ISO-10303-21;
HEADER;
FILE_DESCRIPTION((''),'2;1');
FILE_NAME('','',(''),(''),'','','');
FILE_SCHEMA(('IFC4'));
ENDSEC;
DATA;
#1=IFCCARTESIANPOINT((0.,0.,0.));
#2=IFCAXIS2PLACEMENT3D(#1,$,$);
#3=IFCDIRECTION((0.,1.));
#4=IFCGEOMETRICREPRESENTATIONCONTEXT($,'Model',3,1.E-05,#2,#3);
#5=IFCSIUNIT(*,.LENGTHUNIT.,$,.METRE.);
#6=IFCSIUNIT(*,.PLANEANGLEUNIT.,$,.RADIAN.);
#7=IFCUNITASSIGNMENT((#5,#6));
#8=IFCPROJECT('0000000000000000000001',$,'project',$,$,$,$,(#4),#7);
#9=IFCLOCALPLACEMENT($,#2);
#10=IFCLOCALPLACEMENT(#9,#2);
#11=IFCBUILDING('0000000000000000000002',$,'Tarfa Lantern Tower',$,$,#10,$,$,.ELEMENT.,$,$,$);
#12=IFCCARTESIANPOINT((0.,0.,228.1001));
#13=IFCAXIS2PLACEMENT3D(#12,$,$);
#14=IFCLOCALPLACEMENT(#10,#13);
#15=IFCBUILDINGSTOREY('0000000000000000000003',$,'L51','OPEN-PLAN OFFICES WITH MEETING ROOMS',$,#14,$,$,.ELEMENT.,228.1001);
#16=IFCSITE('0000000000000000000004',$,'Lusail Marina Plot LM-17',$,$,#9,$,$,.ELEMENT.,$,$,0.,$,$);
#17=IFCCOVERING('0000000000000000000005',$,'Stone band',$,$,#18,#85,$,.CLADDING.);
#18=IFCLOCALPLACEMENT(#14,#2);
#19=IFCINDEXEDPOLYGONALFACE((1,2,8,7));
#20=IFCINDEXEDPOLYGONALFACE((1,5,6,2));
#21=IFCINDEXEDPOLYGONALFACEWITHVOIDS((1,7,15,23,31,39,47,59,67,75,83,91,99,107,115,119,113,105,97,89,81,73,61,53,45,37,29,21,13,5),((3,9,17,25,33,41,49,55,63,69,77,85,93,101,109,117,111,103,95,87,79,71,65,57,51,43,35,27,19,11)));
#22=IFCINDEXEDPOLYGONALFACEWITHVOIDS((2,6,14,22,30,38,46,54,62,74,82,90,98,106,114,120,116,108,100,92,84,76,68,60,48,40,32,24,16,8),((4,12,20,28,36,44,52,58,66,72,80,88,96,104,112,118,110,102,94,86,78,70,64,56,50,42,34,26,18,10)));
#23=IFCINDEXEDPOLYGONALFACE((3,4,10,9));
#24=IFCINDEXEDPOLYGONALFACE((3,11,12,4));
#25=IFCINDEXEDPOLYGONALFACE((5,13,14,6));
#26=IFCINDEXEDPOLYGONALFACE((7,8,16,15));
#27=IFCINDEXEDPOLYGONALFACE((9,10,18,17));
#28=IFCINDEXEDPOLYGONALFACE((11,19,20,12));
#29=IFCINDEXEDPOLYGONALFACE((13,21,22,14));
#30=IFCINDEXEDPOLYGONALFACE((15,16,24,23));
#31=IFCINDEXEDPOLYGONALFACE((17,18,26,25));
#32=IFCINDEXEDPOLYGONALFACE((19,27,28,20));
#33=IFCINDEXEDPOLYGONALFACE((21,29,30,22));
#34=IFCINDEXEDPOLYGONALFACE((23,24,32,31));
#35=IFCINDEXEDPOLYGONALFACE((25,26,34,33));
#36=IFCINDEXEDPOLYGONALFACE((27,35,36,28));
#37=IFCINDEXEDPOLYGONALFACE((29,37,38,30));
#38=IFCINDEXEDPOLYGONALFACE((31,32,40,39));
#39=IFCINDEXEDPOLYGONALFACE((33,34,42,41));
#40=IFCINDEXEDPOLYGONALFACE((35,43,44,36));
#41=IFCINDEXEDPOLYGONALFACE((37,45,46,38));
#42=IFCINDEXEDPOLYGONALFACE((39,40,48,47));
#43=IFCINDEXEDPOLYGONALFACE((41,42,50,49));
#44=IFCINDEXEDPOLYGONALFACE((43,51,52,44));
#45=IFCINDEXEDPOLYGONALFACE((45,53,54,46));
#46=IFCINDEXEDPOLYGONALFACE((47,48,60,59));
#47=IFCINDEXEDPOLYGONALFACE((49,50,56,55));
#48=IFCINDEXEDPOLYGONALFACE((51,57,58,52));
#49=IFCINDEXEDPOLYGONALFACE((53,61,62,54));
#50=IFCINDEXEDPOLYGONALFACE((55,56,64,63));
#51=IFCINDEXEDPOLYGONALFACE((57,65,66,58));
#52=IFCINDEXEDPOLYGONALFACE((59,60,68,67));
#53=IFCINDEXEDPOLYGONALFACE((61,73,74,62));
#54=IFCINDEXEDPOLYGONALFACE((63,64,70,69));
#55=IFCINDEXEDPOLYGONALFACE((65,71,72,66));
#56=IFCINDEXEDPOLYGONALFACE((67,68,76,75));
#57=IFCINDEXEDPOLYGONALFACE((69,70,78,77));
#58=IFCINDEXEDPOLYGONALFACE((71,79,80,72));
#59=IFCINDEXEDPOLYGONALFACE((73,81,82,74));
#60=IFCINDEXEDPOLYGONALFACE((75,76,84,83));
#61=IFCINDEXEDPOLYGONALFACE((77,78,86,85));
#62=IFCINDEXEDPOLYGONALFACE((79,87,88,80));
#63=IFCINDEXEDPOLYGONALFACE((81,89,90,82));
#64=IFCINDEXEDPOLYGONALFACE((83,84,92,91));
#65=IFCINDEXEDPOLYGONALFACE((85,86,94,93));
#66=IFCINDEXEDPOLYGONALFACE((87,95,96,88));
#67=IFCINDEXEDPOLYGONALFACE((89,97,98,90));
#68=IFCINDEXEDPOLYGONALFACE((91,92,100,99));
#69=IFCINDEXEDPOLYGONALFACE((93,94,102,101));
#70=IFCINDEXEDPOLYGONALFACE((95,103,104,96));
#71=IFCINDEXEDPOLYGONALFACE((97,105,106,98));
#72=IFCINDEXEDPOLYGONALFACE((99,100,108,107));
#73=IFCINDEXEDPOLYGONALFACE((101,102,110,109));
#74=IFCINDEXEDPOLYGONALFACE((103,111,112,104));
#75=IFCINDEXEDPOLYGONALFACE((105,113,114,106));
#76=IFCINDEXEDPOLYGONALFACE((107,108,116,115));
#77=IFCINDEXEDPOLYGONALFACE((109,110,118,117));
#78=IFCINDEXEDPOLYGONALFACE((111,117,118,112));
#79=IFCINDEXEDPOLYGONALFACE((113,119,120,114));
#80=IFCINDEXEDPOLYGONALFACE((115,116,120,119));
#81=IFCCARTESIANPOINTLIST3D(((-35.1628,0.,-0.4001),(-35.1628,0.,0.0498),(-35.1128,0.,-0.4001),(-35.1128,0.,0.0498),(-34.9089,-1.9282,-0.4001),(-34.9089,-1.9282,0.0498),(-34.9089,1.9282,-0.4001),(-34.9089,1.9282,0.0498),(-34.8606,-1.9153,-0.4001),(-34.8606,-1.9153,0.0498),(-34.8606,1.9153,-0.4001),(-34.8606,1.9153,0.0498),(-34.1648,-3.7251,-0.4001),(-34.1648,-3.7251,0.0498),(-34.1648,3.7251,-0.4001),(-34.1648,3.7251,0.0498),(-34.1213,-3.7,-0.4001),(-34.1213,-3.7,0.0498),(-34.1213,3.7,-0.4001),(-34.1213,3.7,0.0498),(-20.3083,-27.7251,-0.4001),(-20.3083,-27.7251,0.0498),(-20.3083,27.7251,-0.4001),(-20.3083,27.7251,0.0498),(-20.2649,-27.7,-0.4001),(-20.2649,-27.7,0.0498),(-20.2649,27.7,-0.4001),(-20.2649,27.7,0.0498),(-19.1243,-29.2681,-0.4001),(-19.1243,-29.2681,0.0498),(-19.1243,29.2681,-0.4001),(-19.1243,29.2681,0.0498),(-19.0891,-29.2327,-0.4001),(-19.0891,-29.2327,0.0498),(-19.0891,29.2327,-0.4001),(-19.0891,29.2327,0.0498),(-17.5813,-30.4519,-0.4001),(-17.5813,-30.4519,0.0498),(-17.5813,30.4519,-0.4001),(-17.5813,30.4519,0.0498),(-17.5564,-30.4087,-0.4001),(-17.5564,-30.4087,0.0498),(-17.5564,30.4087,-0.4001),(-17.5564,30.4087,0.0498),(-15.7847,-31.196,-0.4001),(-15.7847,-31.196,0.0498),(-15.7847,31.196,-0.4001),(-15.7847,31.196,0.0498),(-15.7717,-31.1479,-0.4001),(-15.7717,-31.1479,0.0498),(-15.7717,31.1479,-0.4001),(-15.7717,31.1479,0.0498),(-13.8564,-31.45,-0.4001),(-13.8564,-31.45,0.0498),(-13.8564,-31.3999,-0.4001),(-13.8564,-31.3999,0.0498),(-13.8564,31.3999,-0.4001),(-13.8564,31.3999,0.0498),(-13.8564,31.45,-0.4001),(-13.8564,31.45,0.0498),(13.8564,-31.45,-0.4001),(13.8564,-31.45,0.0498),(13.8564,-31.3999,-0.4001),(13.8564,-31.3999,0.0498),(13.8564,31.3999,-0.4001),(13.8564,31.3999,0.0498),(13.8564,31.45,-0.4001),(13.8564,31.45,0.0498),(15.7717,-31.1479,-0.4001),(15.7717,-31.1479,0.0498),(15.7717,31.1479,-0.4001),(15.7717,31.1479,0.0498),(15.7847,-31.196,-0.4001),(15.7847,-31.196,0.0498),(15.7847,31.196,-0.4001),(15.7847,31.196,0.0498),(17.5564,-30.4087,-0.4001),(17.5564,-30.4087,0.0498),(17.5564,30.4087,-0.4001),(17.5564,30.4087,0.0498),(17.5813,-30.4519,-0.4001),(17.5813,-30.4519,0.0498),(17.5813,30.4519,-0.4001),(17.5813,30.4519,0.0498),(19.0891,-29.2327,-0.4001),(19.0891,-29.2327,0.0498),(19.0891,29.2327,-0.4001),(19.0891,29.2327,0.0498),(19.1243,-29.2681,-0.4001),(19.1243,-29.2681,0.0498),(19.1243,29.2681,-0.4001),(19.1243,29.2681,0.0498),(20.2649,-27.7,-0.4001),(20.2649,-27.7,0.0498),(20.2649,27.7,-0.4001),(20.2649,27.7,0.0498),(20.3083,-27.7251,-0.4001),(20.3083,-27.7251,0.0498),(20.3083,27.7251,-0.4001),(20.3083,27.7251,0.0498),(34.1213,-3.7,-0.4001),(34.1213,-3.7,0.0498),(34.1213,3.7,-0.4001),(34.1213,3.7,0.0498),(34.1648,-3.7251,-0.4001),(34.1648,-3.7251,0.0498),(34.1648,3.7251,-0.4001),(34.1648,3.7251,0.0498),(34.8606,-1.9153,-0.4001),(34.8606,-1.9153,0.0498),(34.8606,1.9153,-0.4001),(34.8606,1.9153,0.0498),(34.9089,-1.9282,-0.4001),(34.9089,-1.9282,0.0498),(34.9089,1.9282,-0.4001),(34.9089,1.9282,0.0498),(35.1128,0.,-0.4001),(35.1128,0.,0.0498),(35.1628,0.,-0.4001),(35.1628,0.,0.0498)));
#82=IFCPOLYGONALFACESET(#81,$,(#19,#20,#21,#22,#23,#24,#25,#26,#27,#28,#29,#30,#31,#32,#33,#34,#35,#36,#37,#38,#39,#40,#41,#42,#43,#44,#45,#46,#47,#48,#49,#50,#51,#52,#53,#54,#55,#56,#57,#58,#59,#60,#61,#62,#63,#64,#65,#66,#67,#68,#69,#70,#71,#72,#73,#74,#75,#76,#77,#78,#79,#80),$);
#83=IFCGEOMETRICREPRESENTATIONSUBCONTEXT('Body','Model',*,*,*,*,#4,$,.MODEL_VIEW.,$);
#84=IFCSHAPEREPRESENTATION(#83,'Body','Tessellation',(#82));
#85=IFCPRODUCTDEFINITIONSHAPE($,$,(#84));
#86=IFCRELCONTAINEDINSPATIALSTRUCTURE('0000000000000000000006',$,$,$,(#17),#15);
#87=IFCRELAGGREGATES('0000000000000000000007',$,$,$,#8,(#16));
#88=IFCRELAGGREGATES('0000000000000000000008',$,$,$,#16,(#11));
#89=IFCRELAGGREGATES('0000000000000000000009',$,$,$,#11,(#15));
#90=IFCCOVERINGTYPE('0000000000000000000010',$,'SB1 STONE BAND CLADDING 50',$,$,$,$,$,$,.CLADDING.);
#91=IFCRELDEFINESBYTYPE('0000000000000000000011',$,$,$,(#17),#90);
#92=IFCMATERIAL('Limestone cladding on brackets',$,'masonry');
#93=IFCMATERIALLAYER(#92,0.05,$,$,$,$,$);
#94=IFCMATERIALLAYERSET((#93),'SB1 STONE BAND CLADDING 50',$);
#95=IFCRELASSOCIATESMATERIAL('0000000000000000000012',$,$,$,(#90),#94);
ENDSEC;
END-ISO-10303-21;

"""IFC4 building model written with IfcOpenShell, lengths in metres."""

from ifc_helpers import new_model, si_unit, direction, frame, origin, place, context, subcontext, project, spatial, polyline, outline, extrude, material, layer, layer_set, type_object, element, save


model = new_model("IFC4")

# Units and contexts
model_context = context("Model", 3, precision=1e-05, world=origin(), true_north=direction((0.0, 1.0)))
body_context = subcontext(model_context, "Body", "Model", "MODEL_VIEW")
ifc_project = project(units=[si_unit("LENGTHUNIT", "METRE"), si_unit("PLANEANGLEUNIT", "RADIAN")], contexts=[model_context])

# Site, building, storey
site_placement = place(None, origin())
site = spatial("IfcSite", under=ifc_project, at=site_placement, Name="Lusail Marina Plot LM-17", CompositionType="ELEMENT", RefElevation=0.0)
building_placement = place(site_placement, origin())
building = spatial("IfcBuilding", under=site, at=building_placement, Name="Tarfa Lantern Tower", CompositionType="ELEMENT")
storey_placement = place(building_placement, frame((0.0, 0.0, 228.1001)))
storey = spatial("IfcBuildingStorey", under=building, at=storey_placement, Name="L51", Description="OPEN-PLAN OFFICES WITH MEETING ROOMS", CompositionType="ELEMENT", Elevation=228.1001)

# Covering
ifc_material_1 = material(Name="Limestone cladding on brackets", Category="masonry")
ifc_layer_1 = layer(ifc_material_1, 0.05)
ifc_layer_set_1 = layer_set([ifc_layer_1], Name="SB1 STONE BAND CLADDING 50")
covering_type_1 = type_object("IfcCoveringType", Name="SB1 STONE BAND CLADDING 50", PredefinedType="CLADDING", material=ifc_layer_set_1)
covering_1_placement = place(storey_placement, frame((0.0, 0.0, -0.4001)))
element("IfcCovering", 1, at=covering_1_placement, inside=storey, type_object=covering_type_1, Name="Stone band", PredefinedType="CLADDING", context=body_context, shape_type="SweptSolid", body=[
    extrude(outline(polyline([(34.1648, 3.7251), (20.3083, 27.7251), (19.1243, 29.2681), (17.5813, 30.4519), (15.7847, 31.196), (13.8564, 31.45), (-13.8564, 31.45), (-15.7847, 31.196), (-17.5813, 30.4519), (-19.1243, 29.2681), (-20.3083, 27.7251), (-34.1648, 3.7251), (-34.9089, 1.9282), (-35.1628, 0.0), (-34.9089, -1.9282), (-34.1648, -3.7251), (-20.3083, -27.7251), (-19.1243, -29.2681), (-17.5813, -30.4519), (-15.7847, -31.196), (-13.8564, -31.45), (13.8564, -31.45), (15.7847, -31.196), (17.5813, -30.4519), (19.1243, -29.2681), (20.3083, -27.7251), (34.1648, -3.7251), (34.9089, -1.9282), (35.1628, 0.0), (34.9089, 1.9282), (34.1648, 3.7251)]), holes=[polyline([(34.1213, 3.7), (20.2649, 27.7), (19.0891, 29.2327), (17.5564, 30.4087), (15.7717, 31.1479), (13.8564, 31.3999), (-13.8564, 31.3999), (-15.7717, 31.1479), (-17.5564, 30.4087), (-19.0891, 29.2327), (-20.2649, 27.7), (-34.1213, 3.7), (-34.8606, 1.9153), (-35.1128, 0.0), (-34.8606, -1.9153), (-34.1213, -3.7), (-20.2649, -27.7), (-19.0891, -29.2327), (-17.5564, -30.4087), (-15.7717, -31.1479), (-13.8564, -31.3999), (13.8564, -31.3999), (15.7717, -31.1479), (17.5564, -30.4087), (19.0891, -29.2327), (20.2649, -27.7), (34.1213, -3.7), (34.8606, -1.9153), (35.1128, 0.0), (34.8606, 1.9153), (34.1213, 3.7)])]), origin(), (0.0, 0.0, 1.0), 0.45),
])

save(model, "model.ifc")
